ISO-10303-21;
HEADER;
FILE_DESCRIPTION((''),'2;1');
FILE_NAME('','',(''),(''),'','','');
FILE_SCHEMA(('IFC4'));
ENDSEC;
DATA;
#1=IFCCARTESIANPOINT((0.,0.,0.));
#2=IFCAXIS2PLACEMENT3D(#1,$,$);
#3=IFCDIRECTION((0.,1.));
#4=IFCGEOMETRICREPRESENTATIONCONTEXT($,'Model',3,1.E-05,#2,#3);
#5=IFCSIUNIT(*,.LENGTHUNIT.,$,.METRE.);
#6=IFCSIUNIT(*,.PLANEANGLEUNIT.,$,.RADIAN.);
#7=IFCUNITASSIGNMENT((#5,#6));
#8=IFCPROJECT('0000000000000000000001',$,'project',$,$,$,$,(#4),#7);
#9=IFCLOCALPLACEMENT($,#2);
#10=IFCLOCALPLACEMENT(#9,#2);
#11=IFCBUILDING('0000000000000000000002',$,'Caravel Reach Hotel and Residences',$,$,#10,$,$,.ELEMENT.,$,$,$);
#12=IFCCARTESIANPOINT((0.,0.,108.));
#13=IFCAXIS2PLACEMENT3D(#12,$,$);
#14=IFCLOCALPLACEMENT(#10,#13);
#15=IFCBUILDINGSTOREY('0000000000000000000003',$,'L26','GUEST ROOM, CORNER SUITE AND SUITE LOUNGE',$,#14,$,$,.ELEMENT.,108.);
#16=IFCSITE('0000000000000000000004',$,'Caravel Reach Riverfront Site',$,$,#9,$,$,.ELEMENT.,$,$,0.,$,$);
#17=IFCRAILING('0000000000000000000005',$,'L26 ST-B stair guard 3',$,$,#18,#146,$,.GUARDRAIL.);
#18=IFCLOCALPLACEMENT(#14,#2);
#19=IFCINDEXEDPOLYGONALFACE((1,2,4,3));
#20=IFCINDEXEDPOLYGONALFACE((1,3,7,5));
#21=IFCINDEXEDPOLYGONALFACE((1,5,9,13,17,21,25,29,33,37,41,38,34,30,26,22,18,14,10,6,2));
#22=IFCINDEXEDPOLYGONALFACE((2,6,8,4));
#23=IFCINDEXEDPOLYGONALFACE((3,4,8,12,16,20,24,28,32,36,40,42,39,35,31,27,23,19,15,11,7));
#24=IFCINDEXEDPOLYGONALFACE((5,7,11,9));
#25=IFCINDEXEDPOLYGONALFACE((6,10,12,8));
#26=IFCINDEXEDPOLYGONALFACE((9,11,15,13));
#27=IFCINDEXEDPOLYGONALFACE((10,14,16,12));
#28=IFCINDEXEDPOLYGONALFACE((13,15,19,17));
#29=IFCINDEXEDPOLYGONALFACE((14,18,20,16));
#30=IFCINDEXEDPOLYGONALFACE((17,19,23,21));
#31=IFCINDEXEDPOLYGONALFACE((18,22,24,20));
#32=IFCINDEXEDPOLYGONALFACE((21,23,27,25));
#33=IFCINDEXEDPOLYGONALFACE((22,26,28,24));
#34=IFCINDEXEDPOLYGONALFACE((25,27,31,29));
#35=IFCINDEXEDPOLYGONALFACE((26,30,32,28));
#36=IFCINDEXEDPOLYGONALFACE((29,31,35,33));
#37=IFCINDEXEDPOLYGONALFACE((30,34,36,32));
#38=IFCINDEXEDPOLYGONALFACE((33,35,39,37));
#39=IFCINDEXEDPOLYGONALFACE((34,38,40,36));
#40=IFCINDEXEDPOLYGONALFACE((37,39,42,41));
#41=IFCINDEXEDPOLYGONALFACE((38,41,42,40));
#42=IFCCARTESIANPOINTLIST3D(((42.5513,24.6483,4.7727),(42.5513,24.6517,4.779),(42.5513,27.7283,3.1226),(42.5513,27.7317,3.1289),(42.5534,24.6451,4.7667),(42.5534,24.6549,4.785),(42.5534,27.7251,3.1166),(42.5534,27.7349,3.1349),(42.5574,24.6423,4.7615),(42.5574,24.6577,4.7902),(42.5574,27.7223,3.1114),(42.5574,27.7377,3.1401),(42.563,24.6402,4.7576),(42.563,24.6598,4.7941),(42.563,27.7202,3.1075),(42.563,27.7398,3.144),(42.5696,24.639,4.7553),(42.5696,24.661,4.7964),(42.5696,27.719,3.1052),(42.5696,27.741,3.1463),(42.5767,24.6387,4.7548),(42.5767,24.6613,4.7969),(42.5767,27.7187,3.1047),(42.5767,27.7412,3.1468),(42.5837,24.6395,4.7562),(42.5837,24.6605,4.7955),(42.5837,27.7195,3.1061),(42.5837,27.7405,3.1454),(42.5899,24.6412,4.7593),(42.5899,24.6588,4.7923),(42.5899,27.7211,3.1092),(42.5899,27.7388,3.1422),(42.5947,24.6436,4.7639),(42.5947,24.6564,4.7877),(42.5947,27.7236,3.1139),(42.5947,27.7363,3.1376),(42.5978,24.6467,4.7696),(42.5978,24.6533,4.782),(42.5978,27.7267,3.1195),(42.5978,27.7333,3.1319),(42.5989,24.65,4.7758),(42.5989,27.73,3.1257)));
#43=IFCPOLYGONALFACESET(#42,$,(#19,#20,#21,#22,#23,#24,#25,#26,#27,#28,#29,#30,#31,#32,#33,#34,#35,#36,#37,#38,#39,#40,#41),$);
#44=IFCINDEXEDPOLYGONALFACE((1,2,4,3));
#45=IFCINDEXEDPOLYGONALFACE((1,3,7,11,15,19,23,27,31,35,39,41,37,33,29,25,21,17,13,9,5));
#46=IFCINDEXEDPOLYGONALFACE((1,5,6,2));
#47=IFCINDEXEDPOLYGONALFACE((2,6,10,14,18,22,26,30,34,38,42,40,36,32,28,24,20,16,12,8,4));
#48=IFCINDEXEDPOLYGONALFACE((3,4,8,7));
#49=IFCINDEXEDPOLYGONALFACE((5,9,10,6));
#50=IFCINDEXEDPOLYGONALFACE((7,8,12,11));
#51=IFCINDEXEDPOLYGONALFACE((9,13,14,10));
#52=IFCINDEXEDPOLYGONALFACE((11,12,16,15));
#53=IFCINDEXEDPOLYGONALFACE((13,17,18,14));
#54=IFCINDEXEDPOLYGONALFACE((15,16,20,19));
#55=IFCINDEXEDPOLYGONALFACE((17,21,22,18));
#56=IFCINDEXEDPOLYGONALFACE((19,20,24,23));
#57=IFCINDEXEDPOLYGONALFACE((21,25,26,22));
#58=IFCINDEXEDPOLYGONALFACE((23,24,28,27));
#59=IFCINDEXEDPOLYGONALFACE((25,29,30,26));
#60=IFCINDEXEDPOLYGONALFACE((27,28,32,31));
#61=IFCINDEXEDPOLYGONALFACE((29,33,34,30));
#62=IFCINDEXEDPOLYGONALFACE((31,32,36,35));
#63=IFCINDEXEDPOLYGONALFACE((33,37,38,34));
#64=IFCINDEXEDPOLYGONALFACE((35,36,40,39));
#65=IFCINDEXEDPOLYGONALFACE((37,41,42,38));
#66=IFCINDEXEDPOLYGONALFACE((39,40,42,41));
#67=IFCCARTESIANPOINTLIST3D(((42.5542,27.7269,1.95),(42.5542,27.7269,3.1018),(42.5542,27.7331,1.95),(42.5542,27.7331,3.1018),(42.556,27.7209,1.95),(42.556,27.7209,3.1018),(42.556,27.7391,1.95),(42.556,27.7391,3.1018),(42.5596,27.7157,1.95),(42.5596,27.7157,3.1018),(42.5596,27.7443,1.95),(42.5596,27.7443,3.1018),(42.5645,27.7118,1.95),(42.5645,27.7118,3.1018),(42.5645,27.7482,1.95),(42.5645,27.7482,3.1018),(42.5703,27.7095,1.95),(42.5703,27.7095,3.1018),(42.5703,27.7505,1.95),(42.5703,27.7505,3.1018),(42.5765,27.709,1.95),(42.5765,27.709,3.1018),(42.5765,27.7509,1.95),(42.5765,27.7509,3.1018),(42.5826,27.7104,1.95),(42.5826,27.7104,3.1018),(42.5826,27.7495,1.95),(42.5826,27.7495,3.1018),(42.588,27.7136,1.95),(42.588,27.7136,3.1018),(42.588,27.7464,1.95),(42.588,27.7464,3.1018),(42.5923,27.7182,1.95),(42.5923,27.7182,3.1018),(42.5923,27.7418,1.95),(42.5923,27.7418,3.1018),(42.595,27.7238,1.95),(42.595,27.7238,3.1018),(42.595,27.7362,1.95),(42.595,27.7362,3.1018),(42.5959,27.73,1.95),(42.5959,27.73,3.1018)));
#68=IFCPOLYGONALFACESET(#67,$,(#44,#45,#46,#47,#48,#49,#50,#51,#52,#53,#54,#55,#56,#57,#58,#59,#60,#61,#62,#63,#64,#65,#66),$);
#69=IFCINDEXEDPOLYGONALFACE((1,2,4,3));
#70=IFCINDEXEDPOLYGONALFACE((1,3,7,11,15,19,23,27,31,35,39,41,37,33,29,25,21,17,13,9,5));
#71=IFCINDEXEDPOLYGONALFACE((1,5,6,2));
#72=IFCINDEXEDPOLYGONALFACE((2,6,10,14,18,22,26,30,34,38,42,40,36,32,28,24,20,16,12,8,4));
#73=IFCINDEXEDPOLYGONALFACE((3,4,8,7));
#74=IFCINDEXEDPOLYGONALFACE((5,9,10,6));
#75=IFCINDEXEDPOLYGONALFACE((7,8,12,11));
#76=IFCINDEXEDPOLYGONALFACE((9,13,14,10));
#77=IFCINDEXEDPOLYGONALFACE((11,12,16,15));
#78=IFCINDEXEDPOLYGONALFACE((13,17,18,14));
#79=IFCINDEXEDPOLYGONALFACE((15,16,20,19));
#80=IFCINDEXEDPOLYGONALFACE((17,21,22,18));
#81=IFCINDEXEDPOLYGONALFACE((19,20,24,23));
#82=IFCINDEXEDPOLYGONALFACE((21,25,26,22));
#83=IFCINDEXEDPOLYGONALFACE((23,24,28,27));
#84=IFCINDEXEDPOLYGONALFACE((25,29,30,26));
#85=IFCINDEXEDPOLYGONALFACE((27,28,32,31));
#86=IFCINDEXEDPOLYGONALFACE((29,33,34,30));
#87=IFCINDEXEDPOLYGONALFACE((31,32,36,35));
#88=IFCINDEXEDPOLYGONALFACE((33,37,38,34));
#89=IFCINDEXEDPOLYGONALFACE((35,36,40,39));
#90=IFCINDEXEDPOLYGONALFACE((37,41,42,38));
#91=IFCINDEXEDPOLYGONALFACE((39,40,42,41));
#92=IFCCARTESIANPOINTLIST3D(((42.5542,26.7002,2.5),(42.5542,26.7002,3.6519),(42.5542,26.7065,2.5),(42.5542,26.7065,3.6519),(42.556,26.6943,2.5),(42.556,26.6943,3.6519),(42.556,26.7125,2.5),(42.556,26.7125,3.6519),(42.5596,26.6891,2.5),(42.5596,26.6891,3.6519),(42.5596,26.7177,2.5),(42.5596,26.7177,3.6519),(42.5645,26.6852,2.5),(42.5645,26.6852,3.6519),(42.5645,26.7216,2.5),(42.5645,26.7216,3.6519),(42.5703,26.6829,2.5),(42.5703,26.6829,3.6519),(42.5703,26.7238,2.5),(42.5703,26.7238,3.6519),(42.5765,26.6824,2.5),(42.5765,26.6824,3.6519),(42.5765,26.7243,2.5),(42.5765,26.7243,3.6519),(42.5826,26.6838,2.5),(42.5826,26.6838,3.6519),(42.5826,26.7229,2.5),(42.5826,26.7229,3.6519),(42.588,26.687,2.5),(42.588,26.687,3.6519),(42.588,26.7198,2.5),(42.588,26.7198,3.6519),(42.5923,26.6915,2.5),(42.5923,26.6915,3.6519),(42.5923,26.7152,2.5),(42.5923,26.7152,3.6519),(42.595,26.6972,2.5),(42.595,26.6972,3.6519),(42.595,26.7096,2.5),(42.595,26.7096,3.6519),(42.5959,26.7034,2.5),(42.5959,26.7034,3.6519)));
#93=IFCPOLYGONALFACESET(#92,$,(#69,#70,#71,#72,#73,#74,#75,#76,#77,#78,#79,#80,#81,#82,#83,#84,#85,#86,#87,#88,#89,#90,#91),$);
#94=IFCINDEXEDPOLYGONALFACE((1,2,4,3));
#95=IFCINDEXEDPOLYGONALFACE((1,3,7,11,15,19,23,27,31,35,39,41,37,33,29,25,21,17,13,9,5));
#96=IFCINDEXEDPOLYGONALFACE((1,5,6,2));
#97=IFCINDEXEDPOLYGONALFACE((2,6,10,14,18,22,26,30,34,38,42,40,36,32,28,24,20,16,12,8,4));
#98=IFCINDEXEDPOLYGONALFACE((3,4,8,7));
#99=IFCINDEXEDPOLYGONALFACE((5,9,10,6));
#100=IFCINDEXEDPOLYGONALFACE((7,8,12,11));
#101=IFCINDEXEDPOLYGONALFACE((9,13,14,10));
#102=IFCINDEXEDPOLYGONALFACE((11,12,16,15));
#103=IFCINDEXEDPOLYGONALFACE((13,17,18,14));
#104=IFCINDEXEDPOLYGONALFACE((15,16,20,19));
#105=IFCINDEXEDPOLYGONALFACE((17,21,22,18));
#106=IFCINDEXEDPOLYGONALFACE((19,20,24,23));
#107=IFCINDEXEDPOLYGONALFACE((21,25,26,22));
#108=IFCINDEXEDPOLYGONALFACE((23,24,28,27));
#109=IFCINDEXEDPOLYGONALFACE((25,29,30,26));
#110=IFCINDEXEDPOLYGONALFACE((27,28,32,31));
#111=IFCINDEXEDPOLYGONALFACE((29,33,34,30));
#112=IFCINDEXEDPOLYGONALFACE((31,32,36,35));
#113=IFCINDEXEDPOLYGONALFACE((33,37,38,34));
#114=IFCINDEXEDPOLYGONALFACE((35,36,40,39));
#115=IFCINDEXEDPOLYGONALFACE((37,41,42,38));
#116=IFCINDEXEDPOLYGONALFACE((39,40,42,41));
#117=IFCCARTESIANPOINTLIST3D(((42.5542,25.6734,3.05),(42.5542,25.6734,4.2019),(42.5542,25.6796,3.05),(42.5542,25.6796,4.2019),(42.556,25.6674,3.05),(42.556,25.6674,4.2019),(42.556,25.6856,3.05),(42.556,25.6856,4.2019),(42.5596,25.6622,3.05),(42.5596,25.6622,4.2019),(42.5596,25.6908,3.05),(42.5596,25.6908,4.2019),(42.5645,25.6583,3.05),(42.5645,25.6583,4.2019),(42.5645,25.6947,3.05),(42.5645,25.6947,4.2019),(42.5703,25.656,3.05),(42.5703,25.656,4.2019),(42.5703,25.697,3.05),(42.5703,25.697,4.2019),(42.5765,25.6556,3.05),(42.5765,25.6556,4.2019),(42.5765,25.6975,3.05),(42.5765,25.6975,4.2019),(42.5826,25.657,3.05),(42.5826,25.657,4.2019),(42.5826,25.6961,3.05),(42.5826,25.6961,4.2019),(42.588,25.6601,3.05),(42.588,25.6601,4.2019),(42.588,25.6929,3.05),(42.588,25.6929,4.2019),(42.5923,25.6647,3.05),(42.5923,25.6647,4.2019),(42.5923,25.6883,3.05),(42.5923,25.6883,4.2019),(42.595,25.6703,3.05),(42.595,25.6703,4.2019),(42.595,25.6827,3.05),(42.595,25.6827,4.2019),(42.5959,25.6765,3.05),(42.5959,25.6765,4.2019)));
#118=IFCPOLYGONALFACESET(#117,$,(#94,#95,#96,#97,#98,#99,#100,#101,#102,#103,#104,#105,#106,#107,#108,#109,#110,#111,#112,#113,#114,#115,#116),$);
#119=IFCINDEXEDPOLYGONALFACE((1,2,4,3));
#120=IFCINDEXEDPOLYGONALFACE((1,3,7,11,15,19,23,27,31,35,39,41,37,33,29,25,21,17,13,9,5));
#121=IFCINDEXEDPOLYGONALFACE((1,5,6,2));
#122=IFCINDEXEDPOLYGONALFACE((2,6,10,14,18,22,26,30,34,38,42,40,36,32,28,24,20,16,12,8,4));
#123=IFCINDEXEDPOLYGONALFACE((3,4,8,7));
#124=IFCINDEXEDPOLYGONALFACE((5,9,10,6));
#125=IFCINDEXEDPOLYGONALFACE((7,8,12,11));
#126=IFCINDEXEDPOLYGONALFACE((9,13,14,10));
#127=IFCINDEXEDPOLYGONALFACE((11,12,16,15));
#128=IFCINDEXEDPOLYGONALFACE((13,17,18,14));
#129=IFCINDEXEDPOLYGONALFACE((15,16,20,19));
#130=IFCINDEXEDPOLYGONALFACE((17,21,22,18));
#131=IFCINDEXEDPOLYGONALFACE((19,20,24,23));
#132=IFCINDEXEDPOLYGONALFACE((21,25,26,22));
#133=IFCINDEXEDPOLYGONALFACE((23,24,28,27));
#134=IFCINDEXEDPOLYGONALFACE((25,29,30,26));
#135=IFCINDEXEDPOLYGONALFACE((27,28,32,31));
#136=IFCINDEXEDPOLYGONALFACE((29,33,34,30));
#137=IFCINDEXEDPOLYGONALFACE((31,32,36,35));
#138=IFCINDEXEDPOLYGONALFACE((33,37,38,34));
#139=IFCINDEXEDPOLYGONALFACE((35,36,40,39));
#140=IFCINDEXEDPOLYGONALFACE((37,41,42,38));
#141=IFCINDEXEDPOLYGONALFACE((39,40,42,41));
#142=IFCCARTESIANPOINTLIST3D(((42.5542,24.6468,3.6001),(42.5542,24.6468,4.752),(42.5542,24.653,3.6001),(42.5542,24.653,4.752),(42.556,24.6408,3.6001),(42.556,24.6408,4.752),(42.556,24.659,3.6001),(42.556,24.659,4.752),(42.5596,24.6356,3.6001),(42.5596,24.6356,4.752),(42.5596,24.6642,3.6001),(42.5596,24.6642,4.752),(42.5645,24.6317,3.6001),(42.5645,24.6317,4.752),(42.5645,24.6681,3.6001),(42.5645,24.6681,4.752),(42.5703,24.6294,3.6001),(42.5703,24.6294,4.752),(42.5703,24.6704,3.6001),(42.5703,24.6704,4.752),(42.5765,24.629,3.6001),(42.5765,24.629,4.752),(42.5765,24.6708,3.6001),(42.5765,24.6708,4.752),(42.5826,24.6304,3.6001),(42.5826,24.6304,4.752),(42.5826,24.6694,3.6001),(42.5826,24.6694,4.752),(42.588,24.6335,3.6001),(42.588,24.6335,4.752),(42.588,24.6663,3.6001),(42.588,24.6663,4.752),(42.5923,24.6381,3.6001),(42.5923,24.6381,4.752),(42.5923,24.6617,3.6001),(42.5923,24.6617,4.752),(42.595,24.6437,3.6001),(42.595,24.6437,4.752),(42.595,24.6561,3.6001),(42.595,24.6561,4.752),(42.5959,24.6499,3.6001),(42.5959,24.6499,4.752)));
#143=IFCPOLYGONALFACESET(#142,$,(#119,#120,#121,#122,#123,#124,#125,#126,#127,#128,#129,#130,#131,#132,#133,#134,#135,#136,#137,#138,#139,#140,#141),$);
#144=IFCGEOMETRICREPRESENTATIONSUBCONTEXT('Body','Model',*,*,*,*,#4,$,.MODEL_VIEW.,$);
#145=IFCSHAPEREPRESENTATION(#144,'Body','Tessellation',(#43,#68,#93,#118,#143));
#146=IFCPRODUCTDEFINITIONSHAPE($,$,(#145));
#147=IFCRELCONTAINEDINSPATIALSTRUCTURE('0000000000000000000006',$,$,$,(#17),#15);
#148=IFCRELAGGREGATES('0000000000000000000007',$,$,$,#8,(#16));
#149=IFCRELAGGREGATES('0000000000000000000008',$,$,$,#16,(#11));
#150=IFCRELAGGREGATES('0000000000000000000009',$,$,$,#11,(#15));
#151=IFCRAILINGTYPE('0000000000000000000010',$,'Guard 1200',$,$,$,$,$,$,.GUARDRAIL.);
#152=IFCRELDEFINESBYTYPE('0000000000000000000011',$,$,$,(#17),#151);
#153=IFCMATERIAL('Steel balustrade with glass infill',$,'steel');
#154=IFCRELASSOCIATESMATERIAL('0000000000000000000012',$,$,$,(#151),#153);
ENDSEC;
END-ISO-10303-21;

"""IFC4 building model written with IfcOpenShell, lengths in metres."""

from ifc_helpers import new_model, si_unit, direction, frame, origin, origin_2d, place, context, subcontext, project, spatial, circle, extrude, material, type_object, element, save


model = new_model("IFC4")

# Units and contexts
model_context = context("Model", 3, precision=1e-05, world=origin(), true_north=direction((0.0, 1.0)))
body_context = subcontext(model_context, "Body", "Model", "MODEL_VIEW")
ifc_project = project(units=[si_unit("LENGTHUNIT", "METRE"), si_unit("PLANEANGLEUNIT", "RADIAN")], contexts=[model_context])

# Site, building, storey
site_placement = place(None, origin())
site = spatial("IfcSite", under=ifc_project, at=site_placement, Name="Caravel Reach Riverfront Site", CompositionType="ELEMENT", RefElevation=0.0)
building_placement = place(site_placement, origin())
building = spatial("IfcBuilding", under=site, at=building_placement, Name="Caravel Reach Hotel and Residences", CompositionType="ELEMENT")
storey_placement = place(building_placement, frame((0.0, 0.0, 108.0)))
storey = spatial("IfcBuildingStorey", under=building, at=storey_placement, Name="L26", Description="GUEST ROOM, CORNER SUITE AND SUITE LOUNGE", CompositionType="ELEMENT", Elevation=108.0)

# Railing
ifc_material_1 = material(Name="Steel balustrade with glass infill", Category="steel")
railing_type_1 = type_object("IfcRailingType", Name="Guard 1200", PredefinedType="GUARDRAIL", material=ifc_material_1)
railing_1_placement = place(storey_placement, frame((42.575, 27.73, 1.95)))
element("IfcRailing", 1, at=railing_1_placement, inside=storey, type_object=railing_type_1, Name="L26 ST-B stair guard 3", PredefinedType="GUARDRAIL", context=body_context, shape_type="SweptSolid", body=[
    extrude(circle(Radius=0.0239, at=origin_2d()), frame((0.0, 0.0, 1.1758), z_axis=(0.0, -0.881468, 0.472245), x_axis=(1.0, 0.0, 0.0)), (0.0, 0.0, 1.0), 3.4941),
    extrude(circle(Radius=0.021, at=origin_2d()), origin(), (0.0, 0.0, 1.0), 1.1519),
    extrude(circle(Radius=0.021, at=origin_2d()), frame((0.0, -1.0266, 0.55)), (0.0, 0.0, 1.0), 1.1519),
    extrude(circle(Radius=0.021, at=origin_2d()), frame((0.0, -2.0535, 1.1001)), (0.0, 0.0, 1.0), 1.1519),
    extrude(circle(Radius=0.021, at=origin_2d()), frame((0.0, -3.0801, 1.6501)), (0.0, 0.0, 1.0), 1.1519),
])

save(model, "model.ifc")
